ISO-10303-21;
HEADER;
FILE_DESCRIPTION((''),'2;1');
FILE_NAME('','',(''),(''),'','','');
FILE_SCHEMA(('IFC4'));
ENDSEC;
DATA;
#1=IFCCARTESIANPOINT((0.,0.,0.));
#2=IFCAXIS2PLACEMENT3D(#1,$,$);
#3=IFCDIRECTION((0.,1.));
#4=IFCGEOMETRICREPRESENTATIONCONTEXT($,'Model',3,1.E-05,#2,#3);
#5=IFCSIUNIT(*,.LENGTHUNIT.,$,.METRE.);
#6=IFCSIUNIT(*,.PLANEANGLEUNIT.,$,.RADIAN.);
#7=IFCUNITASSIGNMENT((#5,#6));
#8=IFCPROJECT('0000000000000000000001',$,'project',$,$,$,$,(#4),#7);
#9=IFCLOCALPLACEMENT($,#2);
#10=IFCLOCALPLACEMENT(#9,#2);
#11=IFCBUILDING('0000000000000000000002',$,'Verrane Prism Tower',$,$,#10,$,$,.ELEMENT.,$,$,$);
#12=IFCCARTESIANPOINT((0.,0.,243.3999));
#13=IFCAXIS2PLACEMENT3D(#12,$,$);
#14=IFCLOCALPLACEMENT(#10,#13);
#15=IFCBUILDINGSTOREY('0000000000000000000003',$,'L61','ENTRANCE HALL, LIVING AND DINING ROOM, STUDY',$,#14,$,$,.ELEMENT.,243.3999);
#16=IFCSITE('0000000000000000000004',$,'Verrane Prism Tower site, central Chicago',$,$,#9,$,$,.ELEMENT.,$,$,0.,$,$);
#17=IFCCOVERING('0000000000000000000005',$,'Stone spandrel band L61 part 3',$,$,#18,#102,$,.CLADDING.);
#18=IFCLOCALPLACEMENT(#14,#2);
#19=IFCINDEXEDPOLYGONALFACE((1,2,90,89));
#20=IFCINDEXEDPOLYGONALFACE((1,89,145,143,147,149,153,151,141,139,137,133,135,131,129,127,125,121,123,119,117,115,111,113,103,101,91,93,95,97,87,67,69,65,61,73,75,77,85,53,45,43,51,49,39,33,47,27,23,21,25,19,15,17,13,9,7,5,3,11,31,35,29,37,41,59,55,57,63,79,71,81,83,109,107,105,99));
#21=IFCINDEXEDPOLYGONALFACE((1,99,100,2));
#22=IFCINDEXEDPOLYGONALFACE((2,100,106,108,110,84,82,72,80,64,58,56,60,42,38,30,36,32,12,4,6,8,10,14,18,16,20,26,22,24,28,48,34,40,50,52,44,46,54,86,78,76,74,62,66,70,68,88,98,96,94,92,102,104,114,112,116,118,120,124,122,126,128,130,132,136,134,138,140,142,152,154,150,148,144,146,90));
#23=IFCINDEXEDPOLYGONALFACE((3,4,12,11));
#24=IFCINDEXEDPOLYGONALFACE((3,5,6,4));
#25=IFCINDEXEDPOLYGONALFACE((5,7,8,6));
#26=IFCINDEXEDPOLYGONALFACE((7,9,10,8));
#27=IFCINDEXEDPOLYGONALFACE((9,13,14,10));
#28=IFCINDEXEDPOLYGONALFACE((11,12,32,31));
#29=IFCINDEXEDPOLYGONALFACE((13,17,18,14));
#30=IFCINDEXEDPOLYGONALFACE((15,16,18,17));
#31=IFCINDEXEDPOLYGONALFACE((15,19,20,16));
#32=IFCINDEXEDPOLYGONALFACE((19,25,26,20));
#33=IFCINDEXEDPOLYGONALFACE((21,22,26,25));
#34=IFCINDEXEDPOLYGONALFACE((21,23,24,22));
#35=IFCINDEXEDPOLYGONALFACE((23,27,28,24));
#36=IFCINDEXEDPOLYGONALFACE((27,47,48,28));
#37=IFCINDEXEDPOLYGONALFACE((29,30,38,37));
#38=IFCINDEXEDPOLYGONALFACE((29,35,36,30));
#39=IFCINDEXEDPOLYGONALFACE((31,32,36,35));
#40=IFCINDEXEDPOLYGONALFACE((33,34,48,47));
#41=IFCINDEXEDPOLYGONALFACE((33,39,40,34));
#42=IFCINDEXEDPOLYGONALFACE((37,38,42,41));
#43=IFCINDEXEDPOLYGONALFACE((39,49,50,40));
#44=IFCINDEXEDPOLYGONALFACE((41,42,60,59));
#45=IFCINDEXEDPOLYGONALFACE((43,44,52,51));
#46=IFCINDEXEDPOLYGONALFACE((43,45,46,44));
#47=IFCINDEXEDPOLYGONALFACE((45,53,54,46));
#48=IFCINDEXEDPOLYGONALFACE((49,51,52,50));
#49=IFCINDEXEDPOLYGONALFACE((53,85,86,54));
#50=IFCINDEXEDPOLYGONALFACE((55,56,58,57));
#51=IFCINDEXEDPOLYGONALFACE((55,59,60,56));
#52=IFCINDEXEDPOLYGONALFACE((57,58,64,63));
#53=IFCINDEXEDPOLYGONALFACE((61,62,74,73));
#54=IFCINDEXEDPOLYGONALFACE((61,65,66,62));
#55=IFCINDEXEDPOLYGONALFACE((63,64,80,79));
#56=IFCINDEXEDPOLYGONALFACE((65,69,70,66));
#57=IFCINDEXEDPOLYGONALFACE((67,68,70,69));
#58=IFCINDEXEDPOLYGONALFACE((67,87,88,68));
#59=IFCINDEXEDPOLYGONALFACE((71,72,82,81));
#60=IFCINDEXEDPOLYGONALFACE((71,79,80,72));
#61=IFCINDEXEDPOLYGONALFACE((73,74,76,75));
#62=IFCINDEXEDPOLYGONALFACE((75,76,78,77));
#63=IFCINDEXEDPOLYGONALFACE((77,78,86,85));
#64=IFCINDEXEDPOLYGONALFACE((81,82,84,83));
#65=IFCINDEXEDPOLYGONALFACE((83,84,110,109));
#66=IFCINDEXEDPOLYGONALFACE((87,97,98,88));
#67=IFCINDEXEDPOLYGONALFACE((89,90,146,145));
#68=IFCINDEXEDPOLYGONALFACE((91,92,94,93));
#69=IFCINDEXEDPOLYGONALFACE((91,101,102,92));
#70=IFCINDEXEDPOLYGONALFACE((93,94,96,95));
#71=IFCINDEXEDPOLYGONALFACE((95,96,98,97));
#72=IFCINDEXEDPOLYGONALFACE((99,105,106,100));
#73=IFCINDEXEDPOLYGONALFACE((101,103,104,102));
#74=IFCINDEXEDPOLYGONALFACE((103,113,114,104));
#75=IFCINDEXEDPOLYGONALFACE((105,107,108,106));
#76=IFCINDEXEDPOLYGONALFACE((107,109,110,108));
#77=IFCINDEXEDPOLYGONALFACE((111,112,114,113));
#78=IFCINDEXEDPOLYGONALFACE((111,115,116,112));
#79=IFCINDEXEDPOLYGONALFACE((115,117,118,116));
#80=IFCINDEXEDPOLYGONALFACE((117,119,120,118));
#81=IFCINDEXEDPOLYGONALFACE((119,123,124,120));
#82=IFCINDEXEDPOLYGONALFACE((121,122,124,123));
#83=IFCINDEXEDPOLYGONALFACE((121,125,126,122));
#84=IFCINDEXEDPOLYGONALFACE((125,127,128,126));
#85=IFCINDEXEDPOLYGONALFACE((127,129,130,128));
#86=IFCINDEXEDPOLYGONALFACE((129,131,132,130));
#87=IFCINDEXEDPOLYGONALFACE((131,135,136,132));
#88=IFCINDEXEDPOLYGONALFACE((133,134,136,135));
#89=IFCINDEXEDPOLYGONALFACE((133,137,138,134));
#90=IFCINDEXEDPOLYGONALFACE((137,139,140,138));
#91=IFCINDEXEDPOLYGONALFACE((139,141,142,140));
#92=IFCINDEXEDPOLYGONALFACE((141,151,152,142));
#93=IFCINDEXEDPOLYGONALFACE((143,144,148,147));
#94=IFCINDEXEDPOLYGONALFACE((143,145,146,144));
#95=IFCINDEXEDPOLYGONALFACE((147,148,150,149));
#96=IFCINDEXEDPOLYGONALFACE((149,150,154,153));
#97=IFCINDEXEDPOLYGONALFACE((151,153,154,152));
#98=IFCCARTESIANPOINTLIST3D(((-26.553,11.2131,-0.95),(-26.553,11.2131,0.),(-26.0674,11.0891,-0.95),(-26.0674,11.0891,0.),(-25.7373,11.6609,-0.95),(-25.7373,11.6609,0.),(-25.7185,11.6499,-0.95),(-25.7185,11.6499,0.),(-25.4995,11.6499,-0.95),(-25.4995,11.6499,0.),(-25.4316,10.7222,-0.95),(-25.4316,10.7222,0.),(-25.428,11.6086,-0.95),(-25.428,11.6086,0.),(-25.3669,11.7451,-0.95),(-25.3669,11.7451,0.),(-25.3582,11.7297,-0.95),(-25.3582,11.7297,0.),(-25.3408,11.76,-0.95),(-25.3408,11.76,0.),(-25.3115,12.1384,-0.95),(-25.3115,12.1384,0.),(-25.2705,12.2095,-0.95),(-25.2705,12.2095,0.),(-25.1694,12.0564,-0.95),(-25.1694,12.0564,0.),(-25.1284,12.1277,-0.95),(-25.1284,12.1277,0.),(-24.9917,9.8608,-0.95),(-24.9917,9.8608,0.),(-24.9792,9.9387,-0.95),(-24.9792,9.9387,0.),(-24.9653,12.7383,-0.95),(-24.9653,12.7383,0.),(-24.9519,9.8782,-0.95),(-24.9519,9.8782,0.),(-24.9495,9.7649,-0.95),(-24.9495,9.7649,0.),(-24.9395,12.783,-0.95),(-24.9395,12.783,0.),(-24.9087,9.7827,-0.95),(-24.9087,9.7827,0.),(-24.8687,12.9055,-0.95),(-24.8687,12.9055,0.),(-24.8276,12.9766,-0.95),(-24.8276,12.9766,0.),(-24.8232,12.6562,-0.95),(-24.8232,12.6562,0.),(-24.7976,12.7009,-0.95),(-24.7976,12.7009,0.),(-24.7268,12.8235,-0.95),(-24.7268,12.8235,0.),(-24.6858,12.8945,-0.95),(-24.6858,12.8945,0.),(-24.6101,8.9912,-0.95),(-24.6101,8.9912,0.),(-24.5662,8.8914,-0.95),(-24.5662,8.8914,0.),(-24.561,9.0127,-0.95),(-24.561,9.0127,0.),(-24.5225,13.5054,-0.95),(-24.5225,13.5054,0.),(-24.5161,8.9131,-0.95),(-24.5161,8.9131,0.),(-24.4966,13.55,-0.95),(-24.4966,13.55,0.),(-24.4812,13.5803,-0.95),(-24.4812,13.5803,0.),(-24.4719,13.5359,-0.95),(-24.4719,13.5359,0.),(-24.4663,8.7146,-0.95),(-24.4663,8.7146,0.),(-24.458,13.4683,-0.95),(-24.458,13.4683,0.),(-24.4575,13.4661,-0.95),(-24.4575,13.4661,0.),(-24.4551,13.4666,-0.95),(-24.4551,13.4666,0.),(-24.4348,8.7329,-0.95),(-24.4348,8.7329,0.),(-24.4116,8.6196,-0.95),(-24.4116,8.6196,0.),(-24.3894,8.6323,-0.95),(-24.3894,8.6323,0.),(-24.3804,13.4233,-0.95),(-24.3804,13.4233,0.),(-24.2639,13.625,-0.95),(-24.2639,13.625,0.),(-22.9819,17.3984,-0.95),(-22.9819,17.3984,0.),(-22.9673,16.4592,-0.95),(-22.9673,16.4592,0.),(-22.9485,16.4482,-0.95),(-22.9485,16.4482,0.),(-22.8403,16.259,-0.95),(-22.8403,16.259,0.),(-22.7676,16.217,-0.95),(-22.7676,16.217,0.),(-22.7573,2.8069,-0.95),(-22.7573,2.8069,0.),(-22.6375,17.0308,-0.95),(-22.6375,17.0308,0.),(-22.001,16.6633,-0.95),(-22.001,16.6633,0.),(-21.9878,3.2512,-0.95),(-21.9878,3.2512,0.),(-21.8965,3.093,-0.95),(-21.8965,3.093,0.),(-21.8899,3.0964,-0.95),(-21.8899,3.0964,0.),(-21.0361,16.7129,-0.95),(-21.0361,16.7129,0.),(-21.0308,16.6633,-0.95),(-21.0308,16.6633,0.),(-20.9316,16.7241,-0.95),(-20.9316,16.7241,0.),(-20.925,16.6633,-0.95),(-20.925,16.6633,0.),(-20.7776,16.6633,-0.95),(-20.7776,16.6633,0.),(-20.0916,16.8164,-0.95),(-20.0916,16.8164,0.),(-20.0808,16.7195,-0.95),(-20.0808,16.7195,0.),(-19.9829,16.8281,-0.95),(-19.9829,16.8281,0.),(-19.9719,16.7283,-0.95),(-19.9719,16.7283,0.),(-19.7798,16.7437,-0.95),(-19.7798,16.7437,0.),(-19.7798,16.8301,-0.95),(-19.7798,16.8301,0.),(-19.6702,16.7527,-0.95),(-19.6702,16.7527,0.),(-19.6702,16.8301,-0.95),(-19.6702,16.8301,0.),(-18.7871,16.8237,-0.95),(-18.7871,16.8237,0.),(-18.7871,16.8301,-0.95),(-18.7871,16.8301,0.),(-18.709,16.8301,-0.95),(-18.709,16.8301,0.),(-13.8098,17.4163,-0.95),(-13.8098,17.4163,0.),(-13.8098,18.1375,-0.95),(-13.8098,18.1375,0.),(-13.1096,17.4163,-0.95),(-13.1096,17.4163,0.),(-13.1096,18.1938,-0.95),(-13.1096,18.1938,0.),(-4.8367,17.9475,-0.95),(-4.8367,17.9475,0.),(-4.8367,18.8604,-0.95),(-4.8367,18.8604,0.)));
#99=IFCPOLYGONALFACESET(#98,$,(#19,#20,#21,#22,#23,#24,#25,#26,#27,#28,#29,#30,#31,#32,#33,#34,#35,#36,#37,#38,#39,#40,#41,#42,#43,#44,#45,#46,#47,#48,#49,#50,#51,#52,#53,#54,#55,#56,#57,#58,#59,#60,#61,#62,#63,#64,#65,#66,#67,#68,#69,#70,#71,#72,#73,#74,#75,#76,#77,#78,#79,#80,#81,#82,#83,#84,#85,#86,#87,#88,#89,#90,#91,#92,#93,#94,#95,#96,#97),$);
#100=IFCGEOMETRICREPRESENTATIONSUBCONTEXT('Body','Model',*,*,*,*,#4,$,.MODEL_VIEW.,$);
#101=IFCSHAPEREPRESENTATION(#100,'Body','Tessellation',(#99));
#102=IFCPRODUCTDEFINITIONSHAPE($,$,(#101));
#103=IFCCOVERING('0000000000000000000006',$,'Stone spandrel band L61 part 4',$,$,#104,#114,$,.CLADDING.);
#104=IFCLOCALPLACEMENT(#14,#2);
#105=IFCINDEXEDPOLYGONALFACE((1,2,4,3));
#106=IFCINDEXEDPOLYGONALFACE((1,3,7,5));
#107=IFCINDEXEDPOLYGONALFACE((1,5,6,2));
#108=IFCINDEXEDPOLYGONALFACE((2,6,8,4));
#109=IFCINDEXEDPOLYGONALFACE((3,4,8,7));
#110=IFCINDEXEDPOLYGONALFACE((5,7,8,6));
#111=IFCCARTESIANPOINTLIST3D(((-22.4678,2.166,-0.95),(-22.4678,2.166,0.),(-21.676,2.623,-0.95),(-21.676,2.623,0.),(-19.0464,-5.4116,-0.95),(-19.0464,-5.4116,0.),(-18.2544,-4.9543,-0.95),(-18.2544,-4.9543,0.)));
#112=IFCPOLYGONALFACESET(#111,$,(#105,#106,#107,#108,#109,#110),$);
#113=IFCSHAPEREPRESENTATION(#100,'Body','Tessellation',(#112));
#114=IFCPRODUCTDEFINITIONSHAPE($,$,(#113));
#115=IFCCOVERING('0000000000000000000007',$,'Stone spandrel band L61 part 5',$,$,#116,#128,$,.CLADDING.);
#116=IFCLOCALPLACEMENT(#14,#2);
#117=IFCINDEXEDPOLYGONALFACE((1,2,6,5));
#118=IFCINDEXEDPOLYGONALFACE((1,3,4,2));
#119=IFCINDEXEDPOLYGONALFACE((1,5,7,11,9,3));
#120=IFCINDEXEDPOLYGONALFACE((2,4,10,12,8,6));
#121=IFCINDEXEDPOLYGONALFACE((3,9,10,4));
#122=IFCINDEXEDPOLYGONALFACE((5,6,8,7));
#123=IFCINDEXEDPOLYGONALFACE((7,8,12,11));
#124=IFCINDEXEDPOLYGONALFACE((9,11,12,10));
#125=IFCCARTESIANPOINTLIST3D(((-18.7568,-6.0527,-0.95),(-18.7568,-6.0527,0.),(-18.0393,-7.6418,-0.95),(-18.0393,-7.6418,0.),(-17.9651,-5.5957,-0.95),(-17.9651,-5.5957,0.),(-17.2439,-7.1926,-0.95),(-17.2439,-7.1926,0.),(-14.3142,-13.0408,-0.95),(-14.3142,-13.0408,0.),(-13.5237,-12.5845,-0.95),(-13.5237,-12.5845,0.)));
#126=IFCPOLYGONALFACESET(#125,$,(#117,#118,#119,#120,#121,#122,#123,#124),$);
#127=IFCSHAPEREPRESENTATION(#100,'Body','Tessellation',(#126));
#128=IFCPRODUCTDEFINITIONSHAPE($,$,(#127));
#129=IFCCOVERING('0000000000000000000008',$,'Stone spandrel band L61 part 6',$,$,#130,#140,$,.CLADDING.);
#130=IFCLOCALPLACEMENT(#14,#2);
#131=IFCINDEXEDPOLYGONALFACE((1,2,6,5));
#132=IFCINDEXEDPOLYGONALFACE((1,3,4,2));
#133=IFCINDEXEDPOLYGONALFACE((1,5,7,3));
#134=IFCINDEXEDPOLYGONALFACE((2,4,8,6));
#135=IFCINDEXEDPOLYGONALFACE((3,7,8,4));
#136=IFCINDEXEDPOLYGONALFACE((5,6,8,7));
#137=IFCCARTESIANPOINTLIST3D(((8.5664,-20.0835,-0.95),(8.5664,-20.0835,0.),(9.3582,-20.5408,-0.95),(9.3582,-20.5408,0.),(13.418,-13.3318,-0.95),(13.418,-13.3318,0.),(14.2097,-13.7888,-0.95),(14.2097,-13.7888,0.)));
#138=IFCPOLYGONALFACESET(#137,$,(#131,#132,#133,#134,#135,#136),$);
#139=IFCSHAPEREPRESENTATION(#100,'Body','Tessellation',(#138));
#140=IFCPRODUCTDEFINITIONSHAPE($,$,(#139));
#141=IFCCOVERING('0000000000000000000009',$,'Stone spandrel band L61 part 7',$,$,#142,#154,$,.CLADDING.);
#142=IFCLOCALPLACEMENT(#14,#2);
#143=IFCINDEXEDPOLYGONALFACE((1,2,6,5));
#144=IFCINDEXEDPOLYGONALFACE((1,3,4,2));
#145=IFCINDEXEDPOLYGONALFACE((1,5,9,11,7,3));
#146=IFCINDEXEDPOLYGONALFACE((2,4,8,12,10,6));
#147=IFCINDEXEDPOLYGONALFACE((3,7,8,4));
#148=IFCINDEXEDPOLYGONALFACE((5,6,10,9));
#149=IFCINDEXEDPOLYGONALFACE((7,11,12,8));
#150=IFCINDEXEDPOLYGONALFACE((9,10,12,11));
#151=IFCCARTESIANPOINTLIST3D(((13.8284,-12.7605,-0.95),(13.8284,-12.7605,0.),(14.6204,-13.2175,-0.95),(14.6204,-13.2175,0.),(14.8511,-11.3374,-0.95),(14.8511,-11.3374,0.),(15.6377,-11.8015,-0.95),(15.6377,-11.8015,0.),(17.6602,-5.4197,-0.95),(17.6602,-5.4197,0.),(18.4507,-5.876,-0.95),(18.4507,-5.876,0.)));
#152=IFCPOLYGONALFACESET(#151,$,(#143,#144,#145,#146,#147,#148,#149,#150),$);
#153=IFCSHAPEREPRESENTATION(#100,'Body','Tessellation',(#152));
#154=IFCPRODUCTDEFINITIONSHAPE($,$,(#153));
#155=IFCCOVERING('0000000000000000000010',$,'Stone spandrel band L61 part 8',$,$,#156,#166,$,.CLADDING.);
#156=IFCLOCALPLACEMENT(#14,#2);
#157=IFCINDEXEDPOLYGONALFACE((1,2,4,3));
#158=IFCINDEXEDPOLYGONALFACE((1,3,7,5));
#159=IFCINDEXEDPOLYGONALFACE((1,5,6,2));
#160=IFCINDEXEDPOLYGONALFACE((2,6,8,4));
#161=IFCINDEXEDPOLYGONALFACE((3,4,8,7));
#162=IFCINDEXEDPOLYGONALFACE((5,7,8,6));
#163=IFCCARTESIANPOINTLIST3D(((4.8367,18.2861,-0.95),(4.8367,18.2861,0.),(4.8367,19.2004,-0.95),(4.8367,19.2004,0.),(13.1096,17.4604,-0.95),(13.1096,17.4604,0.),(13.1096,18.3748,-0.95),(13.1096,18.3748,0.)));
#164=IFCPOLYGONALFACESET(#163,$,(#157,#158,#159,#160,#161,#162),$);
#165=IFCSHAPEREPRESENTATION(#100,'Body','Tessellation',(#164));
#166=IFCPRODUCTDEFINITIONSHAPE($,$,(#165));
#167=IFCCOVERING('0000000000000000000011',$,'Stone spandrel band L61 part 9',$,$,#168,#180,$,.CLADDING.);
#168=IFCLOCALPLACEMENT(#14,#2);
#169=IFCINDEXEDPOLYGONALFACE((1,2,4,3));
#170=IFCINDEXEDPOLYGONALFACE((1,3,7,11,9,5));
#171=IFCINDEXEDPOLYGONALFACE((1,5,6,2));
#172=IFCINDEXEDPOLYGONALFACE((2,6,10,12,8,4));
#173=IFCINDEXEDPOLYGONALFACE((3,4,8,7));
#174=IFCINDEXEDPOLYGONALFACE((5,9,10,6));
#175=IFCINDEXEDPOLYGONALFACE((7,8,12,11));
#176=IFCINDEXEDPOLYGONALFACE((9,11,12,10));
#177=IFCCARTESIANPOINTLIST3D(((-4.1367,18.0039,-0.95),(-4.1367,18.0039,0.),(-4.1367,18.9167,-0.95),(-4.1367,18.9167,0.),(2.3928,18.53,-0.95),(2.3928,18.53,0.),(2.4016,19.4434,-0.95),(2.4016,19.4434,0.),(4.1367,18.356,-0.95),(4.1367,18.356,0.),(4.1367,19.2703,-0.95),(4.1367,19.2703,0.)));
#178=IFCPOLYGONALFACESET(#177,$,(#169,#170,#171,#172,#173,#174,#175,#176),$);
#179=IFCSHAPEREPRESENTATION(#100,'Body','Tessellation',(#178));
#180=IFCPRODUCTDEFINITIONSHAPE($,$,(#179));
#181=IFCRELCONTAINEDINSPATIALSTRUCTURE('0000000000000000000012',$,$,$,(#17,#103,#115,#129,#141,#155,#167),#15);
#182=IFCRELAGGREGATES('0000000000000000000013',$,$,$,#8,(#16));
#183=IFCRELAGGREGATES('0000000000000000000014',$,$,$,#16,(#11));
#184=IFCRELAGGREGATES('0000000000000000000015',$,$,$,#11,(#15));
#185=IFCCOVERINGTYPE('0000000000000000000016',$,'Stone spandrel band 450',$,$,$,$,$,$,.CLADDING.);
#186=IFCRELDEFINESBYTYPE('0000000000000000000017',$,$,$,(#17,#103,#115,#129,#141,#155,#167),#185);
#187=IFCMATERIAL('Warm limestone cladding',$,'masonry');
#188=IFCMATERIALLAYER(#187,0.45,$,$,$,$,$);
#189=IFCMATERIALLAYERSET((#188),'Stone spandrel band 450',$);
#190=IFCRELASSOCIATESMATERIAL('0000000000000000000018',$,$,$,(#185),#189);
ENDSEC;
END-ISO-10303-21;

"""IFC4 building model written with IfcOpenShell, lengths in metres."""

from ifc_helpers import new_model, si_unit, direction, frame, origin, place, context, subcontext, project, spatial, polyline, outline, extrude, material, layer, layer_set, type_object, element, save


model = new_model("IFC4")

# Units and contexts
model_context = context("Model", 3, precision=1e-05, world=origin(), true_north=direction((0.0, 1.0)))
body_context = subcontext(model_context, "Body", "Model", "MODEL_VIEW")
ifc_project = project(units=[si_unit("LENGTHUNIT", "METRE"), si_unit("PLANEANGLEUNIT", "RADIAN")], contexts=[model_context])

# Site, building, storey
site_placement = place(None, origin())
site = spatial("IfcSite", under=ifc_project, at=site_placement, Name="Verrane Prism Tower site, central Chicago", CompositionType="ELEMENT", RefElevation=0.0)
building_placement = place(site_placement, origin())
building = spatial("IfcBuilding", under=site, at=building_placement, Name="Verrane Prism Tower", CompositionType="ELEMENT")
storey_placement = place(building_placement, frame((0.0, 0.0, 243.3999)))
storey = spatial("IfcBuildingStorey", under=building, at=storey_placement, Name="L61", Description="ENTRANCE HALL, LIVING AND DINING ROOM, STUDY", CompositionType="ELEMENT", Elevation=243.3999)

# Coverings
ifc_material_1 = material(Name="Warm limestone cladding", Category="masonry")
ifc_layer_1 = layer(ifc_material_1, 0.45)
ifc_layer_set_1 = layer_set([ifc_layer_1], Name="Stone spandrel band 450")
covering_type = type_object("IfcCoveringType", Name="Stone spandrel band 450", PredefinedType="CLADDING", material=ifc_layer_set_1)
covering_1_placement = place(storey_placement, frame((0.0, 0.0, -0.95)))
element("IfcCovering", 1, at=covering_1_placement, inside=storey, type_object=covering_type, Name="Stone spandrel band L61 part 3", PredefinedType="CLADDING", context=body_context, shape_type="SweptSolid", body=[
    extrude(outline(polyline([(-21.9878, 3.2512), (-21.8965, 3.093), (-21.8899, 3.0964), (-24.3894, 8.6323), (-24.4116, 8.6196), (-24.4663, 8.7146), (-24.4348, 8.7329), (-24.5161, 8.9131), (-24.5662, 8.8914), (-24.6101, 8.9912), (-24.561, 9.0127), (-24.9087, 9.7827), (-24.9495, 9.7649), (-24.9917, 9.8608), (-24.9519, 9.8782), (-24.9792, 9.9387), (-25.4316, 10.7222), (-26.0674, 11.0891), (-25.7373, 11.6609), (-25.7185, 11.6499), (-25.4995, 11.6499), (-25.428, 11.6086), (-25.3582, 11.7297), (-25.3669, 11.7451), (-25.3408, 11.76), (-25.1694, 12.0564), (-25.3115, 12.1384), (-25.2705, 12.2095), (-25.1284, 12.1277), (-24.8232, 12.6562), (-24.9653, 12.7383), (-24.9395, 12.783), (-24.7976, 12.7009), (-24.7268, 12.8235), (-24.8687, 12.9055), (-24.8276, 12.9766), (-24.6858, 12.8945), (-24.3804, 13.4233), (-24.4551, 13.4666), (-24.4575, 13.4661), (-24.458, 13.4683), (-24.5225, 13.5054), (-24.4966, 13.55), (-24.4719, 13.5359), (-24.4812, 13.5803), (-24.2639, 13.625), (-22.7676, 16.217), (-22.8403, 16.259), (-22.9485, 16.4482), (-22.9673, 16.4592), (-22.6375, 17.0308), (-22.001, 16.6633), (-21.0308, 16.6633), (-21.0361, 16.7129), (-20.9316, 16.7241), (-20.925, 16.6633), (-20.7776, 16.6633), (-20.0808, 16.7195), (-20.0916, 16.8164), (-19.9829, 16.8281), (-19.9719, 16.7283), (-19.7798, 16.7437), (-19.7798, 16.8301), (-19.6702, 16.8301), (-19.6702, 16.7527), (-18.7871, 16.8237), (-18.7871, 16.8301), (-18.709, 16.8301), (-4.8367, 17.9475), (-4.8367, 18.8604), (-13.1096, 18.1938), (-13.1096, 17.4163), (-13.8098, 17.4163), (-13.8098, 18.1375), (-22.9819, 17.3984), (-26.553, 11.2131), (-22.7573, 2.8069), (-21.9878, 3.2512)])), origin(), (0.0, 0.0, 1.0), 0.95),
])
covering_2_placement = place(storey_placement, frame((0.0, 0.0, -0.95)))
element("IfcCovering", 2, at=covering_2_placement, inside=storey, type_object=covering_type, Name="Stone spandrel band L61 part 4", PredefinedType="CLADDING", context=body_context, shape_type="SweptSolid", body=[
    extrude(outline(polyline([(-18.2544, -4.9543), (-21.676, 2.623), (-22.4678, 2.166), (-19.0464, -5.4116), (-18.2544, -4.9543)])), origin(), (0.0, 0.0, 1.0), 0.95),
])
covering_3_placement = place(storey_placement, frame((0.0, 0.0, -0.95)))
element("IfcCovering", 3, at=covering_3_placement, inside=storey, type_object=covering_type, Name="Stone spandrel band L61 part 5", PredefinedType="CLADDING", context=body_context, shape_type="SweptSolid", body=[
    extrude(outline(polyline([(-13.5237, -12.5845), (-17.2439, -7.1926), (-17.9651, -5.5957), (-18.7568, -6.0527), (-18.0393, -7.6418), (-14.3142, -13.0408), (-13.5237, -12.5845)])), origin(), (0.0, 0.0, 1.0), 0.95),
])
covering_4_placement = place(storey_placement, frame((0.0, 0.0, -0.95)))
element("IfcCovering", 4, at=covering_4_placement, inside=storey, type_object=covering_type, Name="Stone spandrel band L61 part 6", PredefinedType="CLADDING", context=body_context, shape_type="SweptSolid", body=[
    extrude(outline(polyline([(14.2097, -13.7888), (13.418, -13.3318), (8.5664, -20.0835), (9.3582, -20.5408), (14.2097, -13.7888)])), origin(), (0.0, 0.0, 1.0), 0.95),
])
covering_5_placement = place(storey_placement, frame((0.0, 0.0, -0.95)))
element("IfcCovering", 5, at=covering_5_placement, inside=storey, type_object=covering_type, Name="Stone spandrel band L61 part 7", PredefinedType="CLADDING", context=body_context, shape_type="SweptSolid", body=[
    extrude(outline(polyline([(17.6602, -5.4197), (14.8511, -11.3374), (13.8284, -12.7605), (14.6204, -13.2175), (15.6377, -11.8015), (18.4507, -5.876), (17.6602, -5.4197)])), origin(), (0.0, 0.0, 1.0), 0.95),
])
covering_6_placement = place(storey_placement, frame((0.0, 0.0, -0.95)))
element("IfcCovering", 6, at=covering_6_placement, inside=storey, type_object=covering_type, Name="Stone spandrel band L61 part 8", PredefinedType="CLADDING", context=body_context, shape_type="SweptSolid", body=[
    extrude(outline(polyline([(4.8367, 18.2861), (13.1096, 17.4604), (13.1096, 18.3748), (4.8367, 19.2004), (4.8367, 18.2861)])), origin(), (0.0, 0.0, 1.0), 0.95),
])
covering_7_placement = place(storey_placement, frame((0.0, 0.0, -0.95)))
element("IfcCovering", 7, at=covering_7_placement, inside=storey, type_object=covering_type, Name="Stone spandrel band L61 part 9", PredefinedType="CLADDING", context=body_context, shape_type="SweptSolid", body=[
    extrude(outline(polyline([(-4.1367, 18.9167), (-4.1367, 18.0039), (2.3928, 18.53), (4.1367, 18.356), (4.1367, 19.2703), (2.4016, 19.4434), (-4.1367, 18.9167)])), origin(), (0.0, 0.0, 1.0), 0.95),
])

save(model, "model.ifc")
